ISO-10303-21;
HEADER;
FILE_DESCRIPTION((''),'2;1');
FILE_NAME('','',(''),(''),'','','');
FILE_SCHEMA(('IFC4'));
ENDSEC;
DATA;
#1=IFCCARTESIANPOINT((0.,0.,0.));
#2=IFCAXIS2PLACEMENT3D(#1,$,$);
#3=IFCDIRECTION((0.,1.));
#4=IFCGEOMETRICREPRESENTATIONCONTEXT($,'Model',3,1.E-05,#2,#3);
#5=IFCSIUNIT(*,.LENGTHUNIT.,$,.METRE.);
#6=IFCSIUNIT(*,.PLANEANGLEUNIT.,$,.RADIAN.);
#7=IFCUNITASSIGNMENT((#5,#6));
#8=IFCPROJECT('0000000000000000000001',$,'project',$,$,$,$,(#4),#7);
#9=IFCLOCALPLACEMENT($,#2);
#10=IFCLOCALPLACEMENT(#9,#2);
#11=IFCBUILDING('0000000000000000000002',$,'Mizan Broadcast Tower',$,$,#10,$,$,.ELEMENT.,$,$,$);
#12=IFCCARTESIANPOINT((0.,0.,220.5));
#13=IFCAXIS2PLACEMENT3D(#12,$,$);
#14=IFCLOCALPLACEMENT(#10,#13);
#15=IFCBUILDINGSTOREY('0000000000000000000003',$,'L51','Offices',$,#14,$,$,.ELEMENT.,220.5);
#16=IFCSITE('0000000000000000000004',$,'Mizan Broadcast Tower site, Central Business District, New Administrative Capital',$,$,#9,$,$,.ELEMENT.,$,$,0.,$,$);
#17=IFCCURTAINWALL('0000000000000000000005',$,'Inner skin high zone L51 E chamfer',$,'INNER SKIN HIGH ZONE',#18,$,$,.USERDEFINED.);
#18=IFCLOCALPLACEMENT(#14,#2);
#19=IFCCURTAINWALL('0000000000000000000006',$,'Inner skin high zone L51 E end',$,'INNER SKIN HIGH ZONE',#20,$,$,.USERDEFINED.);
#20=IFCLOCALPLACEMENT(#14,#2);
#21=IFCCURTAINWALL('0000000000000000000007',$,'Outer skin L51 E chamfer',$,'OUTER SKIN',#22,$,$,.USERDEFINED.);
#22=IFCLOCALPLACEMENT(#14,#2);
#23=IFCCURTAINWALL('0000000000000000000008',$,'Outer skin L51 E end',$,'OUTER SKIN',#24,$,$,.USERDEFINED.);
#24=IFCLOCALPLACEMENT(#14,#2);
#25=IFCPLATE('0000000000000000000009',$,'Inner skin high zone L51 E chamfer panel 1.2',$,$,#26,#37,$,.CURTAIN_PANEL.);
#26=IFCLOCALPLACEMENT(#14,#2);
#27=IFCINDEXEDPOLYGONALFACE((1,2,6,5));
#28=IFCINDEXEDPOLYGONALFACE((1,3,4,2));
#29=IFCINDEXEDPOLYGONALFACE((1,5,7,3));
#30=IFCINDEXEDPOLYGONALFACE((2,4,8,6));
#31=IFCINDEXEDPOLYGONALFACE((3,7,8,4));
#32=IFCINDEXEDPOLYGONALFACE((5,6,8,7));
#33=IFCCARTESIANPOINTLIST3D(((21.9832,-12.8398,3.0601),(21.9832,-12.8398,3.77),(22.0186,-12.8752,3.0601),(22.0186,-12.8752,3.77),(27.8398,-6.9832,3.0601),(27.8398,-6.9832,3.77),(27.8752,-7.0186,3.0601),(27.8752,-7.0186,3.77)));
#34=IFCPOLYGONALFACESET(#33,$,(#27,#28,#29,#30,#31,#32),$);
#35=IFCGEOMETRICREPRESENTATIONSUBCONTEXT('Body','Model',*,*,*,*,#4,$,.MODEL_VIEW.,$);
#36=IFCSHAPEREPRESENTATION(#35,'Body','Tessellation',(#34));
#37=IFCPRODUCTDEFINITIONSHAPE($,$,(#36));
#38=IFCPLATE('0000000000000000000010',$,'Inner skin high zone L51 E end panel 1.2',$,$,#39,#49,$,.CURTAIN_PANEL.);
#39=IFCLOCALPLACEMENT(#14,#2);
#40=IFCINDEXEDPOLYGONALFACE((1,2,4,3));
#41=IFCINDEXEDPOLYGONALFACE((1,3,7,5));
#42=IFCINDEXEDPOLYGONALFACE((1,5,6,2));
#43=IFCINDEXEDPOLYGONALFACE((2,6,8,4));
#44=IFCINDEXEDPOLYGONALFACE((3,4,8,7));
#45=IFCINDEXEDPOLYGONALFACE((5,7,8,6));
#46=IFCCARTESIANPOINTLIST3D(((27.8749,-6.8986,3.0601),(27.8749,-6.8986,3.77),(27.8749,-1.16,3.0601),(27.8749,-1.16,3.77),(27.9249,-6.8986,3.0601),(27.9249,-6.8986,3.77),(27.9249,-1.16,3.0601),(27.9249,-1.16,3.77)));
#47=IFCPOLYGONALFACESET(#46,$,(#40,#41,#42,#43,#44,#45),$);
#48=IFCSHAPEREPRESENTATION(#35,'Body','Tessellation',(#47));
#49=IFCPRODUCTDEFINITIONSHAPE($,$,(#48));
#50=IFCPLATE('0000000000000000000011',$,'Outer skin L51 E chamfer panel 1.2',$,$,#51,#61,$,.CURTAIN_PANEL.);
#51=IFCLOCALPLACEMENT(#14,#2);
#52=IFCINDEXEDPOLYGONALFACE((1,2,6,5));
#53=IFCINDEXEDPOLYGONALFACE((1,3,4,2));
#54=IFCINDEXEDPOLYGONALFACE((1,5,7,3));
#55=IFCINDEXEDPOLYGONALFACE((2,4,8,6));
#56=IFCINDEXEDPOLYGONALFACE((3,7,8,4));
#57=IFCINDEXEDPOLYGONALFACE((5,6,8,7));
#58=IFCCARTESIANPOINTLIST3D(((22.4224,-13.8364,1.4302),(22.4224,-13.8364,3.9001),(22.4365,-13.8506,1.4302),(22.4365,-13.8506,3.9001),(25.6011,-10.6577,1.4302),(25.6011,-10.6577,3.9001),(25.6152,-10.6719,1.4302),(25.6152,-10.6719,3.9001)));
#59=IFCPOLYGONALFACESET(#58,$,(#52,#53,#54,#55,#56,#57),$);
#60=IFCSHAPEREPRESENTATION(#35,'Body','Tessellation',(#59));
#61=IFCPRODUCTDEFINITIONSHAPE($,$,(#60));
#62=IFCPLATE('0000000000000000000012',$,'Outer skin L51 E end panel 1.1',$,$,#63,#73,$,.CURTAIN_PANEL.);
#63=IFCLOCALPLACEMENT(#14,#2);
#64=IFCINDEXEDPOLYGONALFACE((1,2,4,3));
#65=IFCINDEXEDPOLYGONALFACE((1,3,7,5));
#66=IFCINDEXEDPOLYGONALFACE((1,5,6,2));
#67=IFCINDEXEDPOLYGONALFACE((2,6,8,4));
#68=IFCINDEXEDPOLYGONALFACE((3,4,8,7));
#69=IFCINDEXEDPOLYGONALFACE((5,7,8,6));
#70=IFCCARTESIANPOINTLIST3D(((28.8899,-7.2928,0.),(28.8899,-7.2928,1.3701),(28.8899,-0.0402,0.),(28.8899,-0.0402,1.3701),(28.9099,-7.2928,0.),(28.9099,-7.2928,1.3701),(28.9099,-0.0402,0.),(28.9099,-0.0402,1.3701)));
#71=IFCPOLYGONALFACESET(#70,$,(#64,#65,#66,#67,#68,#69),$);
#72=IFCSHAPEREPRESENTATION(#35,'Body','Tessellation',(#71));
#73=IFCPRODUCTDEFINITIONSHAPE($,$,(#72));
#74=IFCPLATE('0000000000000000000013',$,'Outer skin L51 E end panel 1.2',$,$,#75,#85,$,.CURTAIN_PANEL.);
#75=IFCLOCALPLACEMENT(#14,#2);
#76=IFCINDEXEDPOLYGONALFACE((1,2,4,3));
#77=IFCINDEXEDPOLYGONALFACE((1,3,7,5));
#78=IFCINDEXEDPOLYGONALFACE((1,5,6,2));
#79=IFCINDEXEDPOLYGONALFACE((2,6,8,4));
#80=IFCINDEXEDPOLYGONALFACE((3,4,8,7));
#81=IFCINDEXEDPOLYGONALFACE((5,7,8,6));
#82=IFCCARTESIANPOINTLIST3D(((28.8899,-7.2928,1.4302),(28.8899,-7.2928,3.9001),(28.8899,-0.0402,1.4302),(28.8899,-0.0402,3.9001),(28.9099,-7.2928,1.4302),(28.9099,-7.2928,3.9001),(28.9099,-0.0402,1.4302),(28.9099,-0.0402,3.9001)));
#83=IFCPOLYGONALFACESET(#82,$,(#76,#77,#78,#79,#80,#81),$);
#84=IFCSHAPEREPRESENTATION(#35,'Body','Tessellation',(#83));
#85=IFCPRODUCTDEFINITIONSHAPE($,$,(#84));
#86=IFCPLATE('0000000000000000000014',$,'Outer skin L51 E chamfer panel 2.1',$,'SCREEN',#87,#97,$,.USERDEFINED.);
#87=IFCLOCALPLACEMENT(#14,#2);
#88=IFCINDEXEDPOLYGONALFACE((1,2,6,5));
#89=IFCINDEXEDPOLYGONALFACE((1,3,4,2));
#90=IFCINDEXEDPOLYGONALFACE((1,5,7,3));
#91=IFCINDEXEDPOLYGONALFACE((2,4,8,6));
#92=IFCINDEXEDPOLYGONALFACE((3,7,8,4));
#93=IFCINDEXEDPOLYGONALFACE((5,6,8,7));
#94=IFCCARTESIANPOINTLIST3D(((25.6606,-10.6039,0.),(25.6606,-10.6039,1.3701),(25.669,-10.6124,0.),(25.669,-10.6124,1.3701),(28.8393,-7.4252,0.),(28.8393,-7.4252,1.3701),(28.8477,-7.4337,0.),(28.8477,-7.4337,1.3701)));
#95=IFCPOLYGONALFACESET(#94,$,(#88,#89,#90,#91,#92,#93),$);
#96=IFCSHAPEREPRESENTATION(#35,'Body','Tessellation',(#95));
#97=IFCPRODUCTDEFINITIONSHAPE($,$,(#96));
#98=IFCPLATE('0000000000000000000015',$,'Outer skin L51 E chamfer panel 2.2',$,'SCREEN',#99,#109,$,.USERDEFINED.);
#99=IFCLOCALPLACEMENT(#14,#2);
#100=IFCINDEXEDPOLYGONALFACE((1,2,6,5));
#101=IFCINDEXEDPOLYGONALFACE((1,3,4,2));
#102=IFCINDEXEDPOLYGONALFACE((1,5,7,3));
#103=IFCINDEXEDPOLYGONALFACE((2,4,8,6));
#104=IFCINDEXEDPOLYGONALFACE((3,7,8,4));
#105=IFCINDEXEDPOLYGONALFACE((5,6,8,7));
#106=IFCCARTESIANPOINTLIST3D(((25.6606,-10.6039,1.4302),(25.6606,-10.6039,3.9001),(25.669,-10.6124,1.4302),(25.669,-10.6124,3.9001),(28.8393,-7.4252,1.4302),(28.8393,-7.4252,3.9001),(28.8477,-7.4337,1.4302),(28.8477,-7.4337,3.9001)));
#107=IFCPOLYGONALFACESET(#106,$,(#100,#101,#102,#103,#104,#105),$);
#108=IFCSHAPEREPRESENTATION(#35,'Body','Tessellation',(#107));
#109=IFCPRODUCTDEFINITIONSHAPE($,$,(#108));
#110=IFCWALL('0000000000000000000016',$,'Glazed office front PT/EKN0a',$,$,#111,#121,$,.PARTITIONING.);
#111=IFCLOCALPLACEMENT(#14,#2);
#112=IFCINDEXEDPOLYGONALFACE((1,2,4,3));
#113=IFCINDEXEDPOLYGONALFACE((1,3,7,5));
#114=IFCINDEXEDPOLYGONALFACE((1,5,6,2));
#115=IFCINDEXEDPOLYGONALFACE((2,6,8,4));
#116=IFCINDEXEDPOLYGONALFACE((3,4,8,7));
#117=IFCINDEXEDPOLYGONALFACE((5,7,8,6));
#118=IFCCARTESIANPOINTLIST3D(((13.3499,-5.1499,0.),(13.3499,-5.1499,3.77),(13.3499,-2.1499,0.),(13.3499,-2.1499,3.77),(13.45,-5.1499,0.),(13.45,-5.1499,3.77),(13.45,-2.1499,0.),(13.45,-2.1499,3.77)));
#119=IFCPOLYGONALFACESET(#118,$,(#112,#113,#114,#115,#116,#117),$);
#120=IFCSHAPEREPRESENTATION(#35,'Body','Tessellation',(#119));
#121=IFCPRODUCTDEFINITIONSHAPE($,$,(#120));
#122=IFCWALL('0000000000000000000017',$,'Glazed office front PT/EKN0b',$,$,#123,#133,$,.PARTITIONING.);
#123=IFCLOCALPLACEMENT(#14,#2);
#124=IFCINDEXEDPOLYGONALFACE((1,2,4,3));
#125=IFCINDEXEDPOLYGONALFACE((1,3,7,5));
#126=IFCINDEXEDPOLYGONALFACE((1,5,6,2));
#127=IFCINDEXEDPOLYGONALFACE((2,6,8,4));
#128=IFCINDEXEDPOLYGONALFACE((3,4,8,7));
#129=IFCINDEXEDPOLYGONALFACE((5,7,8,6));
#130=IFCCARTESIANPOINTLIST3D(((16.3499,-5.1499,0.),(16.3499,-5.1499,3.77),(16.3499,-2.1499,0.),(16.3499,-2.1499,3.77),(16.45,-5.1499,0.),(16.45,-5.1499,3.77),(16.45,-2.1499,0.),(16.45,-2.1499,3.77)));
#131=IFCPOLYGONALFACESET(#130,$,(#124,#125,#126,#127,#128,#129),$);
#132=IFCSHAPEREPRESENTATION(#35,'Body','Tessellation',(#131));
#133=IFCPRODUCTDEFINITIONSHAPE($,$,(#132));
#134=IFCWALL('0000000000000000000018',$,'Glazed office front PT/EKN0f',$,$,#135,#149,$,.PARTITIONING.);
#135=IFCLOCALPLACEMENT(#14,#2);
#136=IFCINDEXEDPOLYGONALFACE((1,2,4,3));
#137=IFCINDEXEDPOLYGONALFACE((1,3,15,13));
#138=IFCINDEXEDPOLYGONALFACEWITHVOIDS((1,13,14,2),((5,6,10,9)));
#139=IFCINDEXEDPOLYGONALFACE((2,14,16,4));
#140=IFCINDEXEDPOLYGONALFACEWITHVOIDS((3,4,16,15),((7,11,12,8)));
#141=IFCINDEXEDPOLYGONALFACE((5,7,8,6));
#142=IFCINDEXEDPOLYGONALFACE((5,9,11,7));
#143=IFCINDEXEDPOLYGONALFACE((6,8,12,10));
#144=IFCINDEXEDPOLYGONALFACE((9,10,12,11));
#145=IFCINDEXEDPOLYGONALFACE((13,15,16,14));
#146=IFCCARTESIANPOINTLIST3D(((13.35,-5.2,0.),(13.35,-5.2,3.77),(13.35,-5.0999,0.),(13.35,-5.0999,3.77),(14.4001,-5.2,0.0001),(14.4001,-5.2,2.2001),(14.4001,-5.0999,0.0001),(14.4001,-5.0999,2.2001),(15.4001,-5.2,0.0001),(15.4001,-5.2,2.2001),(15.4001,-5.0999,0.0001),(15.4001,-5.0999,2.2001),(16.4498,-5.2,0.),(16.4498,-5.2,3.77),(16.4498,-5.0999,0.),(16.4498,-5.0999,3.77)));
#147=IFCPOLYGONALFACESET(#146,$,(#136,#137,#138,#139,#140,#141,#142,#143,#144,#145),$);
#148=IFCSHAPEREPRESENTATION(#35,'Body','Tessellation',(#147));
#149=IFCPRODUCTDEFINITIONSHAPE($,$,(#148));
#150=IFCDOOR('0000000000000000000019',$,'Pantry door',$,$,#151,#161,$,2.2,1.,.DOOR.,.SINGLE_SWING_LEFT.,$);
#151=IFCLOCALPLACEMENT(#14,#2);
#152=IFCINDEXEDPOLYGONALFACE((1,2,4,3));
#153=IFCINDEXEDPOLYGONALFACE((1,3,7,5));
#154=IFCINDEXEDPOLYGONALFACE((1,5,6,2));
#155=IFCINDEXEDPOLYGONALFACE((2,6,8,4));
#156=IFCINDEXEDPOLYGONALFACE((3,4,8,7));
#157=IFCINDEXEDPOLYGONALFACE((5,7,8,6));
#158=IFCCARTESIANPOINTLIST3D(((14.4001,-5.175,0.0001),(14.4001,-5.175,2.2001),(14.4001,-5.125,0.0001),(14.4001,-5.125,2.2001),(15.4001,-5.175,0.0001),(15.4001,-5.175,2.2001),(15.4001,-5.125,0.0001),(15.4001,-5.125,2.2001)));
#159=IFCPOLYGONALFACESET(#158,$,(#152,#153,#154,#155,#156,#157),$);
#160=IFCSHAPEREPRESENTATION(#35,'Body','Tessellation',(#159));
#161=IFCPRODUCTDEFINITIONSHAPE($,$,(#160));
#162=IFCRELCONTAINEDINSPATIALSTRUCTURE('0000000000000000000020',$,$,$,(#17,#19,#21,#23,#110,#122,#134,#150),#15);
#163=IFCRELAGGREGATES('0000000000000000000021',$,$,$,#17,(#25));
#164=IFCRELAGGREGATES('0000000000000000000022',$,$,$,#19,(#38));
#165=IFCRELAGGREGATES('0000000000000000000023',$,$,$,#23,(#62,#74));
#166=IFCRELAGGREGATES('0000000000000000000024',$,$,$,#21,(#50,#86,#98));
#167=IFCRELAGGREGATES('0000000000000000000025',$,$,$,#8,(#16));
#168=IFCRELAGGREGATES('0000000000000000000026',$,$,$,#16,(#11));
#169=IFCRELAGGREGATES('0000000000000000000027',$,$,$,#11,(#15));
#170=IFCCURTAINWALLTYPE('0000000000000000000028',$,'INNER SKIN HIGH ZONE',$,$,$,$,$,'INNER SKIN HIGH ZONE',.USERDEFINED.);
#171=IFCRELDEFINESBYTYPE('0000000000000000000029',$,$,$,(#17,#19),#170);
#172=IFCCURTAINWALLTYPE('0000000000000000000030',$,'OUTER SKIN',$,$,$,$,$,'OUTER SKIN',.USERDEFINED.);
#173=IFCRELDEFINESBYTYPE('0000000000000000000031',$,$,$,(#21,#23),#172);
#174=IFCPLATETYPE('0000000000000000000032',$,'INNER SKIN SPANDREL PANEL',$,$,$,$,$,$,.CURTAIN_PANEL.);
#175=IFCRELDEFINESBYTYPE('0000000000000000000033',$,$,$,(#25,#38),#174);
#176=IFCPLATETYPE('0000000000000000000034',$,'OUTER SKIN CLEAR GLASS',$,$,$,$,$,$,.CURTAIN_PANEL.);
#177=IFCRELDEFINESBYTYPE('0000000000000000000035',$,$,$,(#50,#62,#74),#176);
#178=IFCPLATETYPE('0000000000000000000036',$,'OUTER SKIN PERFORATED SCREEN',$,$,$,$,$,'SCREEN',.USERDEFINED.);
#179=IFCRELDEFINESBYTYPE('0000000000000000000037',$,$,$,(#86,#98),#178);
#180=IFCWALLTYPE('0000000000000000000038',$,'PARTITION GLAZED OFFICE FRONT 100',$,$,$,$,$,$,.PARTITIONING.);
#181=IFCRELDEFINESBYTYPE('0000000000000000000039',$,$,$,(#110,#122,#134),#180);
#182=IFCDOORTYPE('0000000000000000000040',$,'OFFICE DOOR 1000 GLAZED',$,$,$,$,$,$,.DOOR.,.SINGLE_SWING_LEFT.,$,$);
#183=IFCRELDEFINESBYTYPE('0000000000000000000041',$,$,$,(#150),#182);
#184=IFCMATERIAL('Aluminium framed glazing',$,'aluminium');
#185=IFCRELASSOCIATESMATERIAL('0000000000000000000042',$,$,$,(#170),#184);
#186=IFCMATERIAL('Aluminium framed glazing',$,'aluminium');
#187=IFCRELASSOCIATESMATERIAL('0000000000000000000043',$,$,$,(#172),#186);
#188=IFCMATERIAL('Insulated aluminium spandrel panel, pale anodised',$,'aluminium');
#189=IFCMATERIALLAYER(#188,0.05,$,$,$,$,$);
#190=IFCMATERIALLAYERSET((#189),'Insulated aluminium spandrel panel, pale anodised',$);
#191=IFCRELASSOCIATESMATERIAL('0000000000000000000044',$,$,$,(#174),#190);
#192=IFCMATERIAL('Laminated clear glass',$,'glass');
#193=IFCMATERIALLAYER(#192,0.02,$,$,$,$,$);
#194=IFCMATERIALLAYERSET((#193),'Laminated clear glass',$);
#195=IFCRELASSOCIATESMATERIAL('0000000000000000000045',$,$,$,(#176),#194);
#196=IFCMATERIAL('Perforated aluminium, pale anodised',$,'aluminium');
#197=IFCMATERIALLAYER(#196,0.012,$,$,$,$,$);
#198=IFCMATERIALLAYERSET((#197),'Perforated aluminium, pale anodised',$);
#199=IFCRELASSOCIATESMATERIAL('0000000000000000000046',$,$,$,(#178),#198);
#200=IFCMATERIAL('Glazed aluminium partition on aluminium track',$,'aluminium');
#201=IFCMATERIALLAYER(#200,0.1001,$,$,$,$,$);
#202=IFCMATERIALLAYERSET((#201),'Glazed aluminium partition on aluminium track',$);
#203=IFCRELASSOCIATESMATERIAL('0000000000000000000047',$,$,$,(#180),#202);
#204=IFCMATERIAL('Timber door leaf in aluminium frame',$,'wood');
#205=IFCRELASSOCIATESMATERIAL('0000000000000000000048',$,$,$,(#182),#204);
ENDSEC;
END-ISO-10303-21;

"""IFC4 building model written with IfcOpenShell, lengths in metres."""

from ifc_helpers import new_model, si_unit, direction, frame, frame_2d, origin, origin_2d, place, context, subcontext, project, spatial, rectangle, extrude, material, layer, layer_set, type_object, element, fill, aggregate, save


model = new_model("IFC4")

# Units and contexts
model_context = context("Model", 3, precision=1e-05, world=origin(), true_north=direction((0.0, 1.0)))
body_context = subcontext(model_context, "Body", "Model", "MODEL_VIEW")
ifc_project = project(units=[si_unit("LENGTHUNIT", "METRE"), si_unit("PLANEANGLEUNIT", "RADIAN")], contexts=[model_context])

# Site, building, storey
site_placement = place(None, origin())
site = spatial("IfcSite", under=ifc_project, at=site_placement, Name="Mizan Broadcast Tower site, Central Business District, New Administrative Capital", CompositionType="ELEMENT", RefElevation=0.0)
building_placement = place(site_placement, origin())
building = spatial("IfcBuilding", under=site, at=building_placement, Name="Mizan Broadcast Tower", CompositionType="ELEMENT")
storey_placement = place(building_placement, frame((0.0, 0.0, 220.5)))
storey = spatial("IfcBuildingStorey", under=building, at=storey_placement, Name="L51", Description="Offices", CompositionType="ELEMENT", Elevation=220.5)

# Curtain wall
ifc_material_1 = material(Name="Aluminium framed glazing", Category="aluminium")
curtain_wall_type_1 = type_object("IfcCurtainWallType", Name="INNER SKIN HIGH ZONE", ElementType="INNER SKIN HIGH ZONE", PredefinedType="USERDEFINED", material=ifc_material_1)
curtain_wall_1_placement = place(storey_placement, origin())
curtain_wall_1 = element("IfcCurtainWall", 1, at=curtain_wall_1_placement, inside=storey, type_object=curtain_wall_type_1, Name="Inner skin high zone L51 E chamfer", ObjectType="INNER SKIN HIGH ZONE", PredefinedType="USERDEFINED")

# Curtain walls
curtain_wall_2_placement = place(storey_placement, origin())
curtain_wall_2 = element("IfcCurtainWall", 2, at=curtain_wall_2_placement, inside=storey, type_object=curtain_wall_type_1, Name="Inner skin high zone L51 E end", ObjectType="INNER SKIN HIGH ZONE", PredefinedType="USERDEFINED")
ifc_material_2 = material(Name="Aluminium framed glazing", Category="aluminium")
curtain_wall_type_2 = type_object("IfcCurtainWallType", Name="OUTER SKIN", ElementType="OUTER SKIN", PredefinedType="USERDEFINED", material=ifc_material_2)
curtain_wall_3_placement = place(storey_placement, origin())
curtain_wall_3 = element("IfcCurtainWall", 3, at=curtain_wall_3_placement, inside=storey, type_object=curtain_wall_type_2, Name="Outer skin L51 E chamfer", ObjectType="OUTER SKIN", PredefinedType="USERDEFINED")

# Curtain wall
curtain_wall_4_placement = place(storey_placement, origin())
curtain_wall_4 = element("IfcCurtainWall", 4, at=curtain_wall_4_placement, inside=storey, type_object=curtain_wall_type_2, Name="Outer skin L51 E end", ObjectType="OUTER SKIN", PredefinedType="USERDEFINED")

# Plates
ifc_material_3 = material(Name="Insulated aluminium spandrel panel, pale anodised", Category="aluminium")
ifc_layer_1 = layer(ifc_material_3, 0.05)
ifc_layer_set_1 = layer_set([ifc_layer_1], Name="Insulated aluminium spandrel panel, pale anodised")
plate_type_1 = type_object("IfcPlateType", Name="INNER SKIN SPANDREL PANEL", PredefinedType="CURTAIN_PANEL", material=ifc_layer_set_1)
plate_1_placement = place(storey_placement, frame((24.9292, -9.9292, 3.0601), z_axis=(0.0, 0.0, 1.0), x_axis=(0.707107, 0.707107, 0.0)))
plate_1 = element("IfcPlate", 5, at=plate_1_placement, type_object=plate_type_1, Name="Inner skin high zone L51 E chamfer panel 1.2", PredefinedType="CURTAIN_PANEL", context=body_context, shape_type="SweptSolid", body=[
    extrude(rectangle(XDim=8.2825, YDim=0.05, at=origin_2d()), origin(), (0.0, 0.0, 1.0), 0.71),
])
aggregate(curtain_wall_1, [plate_1])
plate_2_placement = place(storey_placement, frame((27.8999, -4.0293, 3.0601), z_axis=(0.0, 0.0, 1.0), x_axis=(0.0, 1.0, 0.0)))
plate_2 = element("IfcPlate", 6, at=plate_2_placement, type_object=plate_type_1, Name="Inner skin high zone L51 E end panel 1.2", PredefinedType="CURTAIN_PANEL", context=body_context, shape_type="SweptSolid", body=[
    extrude(rectangle(XDim=5.7385, YDim=0.05, at=origin_2d()), origin(), (0.0, 0.0, 1.0), 0.71),
])
aggregate(curtain_wall_2, [plate_2])
ifc_material_4 = material(Name="Laminated clear glass", Category="glass")
ifc_layer_2 = layer(ifc_material_4, 0.02)
ifc_layer_set_2 = layer_set([ifc_layer_2], Name="Laminated clear glass")
plate_type_2 = type_object("IfcPlateType", Name="OUTER SKIN CLEAR GLASS", PredefinedType="CURTAIN_PANEL", material=ifc_layer_set_2)
plate_3_placement = place(storey_placement, frame((24.0188, -12.2542, 1.4302), z_axis=(0.0, 0.0, 1.0), x_axis=(0.707107, 0.707107, 0.0)))
plate_3 = element("IfcPlate", 7, at=plate_3_placement, type_object=plate_type_2, Name="Outer skin L51 E chamfer panel 1.2", PredefinedType="CURTAIN_PANEL", context=body_context, shape_type="SweptSolid", body=[
    extrude(rectangle(XDim=4.4954, YDim=0.02, at=origin_2d()), origin(), (0.0, 0.0, 1.0), 2.47),
])
plate_4_placement = place(storey_placement, frame((28.8999, -3.6665, 0.0), z_axis=(0.0, 0.0, 1.0), x_axis=(0.0, 1.0, 0.0)))
plate_4 = element("IfcPlate", 8, at=plate_4_placement, type_object=plate_type_2, Name="Outer skin L51 E end panel 1.1", PredefinedType="CURTAIN_PANEL", context=body_context, shape_type="SweptSolid", body=[
    extrude(rectangle(XDim=7.2527, YDim=0.02, at=origin_2d()), origin(), (0.0, 0.0, 1.0), 1.3701),
])
plate_5_placement = place(storey_placement, frame((28.8999, -3.6665, 1.4302), z_axis=(0.0, 0.0, 1.0), x_axis=(0.0, 1.0, 0.0)))
plate_5 = element("IfcPlate", 9, at=plate_5_placement, type_object=plate_type_2, Name="Outer skin L51 E end panel 1.2", PredefinedType="CURTAIN_PANEL", context=body_context, shape_type="SweptSolid", body=[
    extrude(rectangle(XDim=7.2527, YDim=0.02, at=origin_2d()), origin(), (0.0, 0.0, 1.0), 2.47),
])
aggregate(curtain_wall_4, [plate_4, plate_5])
ifc_material_5 = material(Name="Perforated aluminium, pale anodised", Category="aluminium")
ifc_layer_3 = layer(ifc_material_5, 0.012)
ifc_layer_set_3 = layer_set([ifc_layer_3], Name="Perforated aluminium, pale anodised")
plate_type_3 = type_object("IfcPlateType", Name="OUTER SKIN PERFORATED SCREEN", ElementType="SCREEN", PredefinedType="USERDEFINED", material=ifc_layer_set_3)
plate_6_placement = place(storey_placement, frame((27.2542, -9.0188, 0.0), z_axis=(0.0, 0.0, 1.0), x_axis=(0.707107, 0.707107, 0.0)))
plate_6 = element("IfcPlate", 10, at=plate_6_placement, type_object=plate_type_3, Name="Outer skin L51 E chamfer panel 2.1", ObjectType="SCREEN", PredefinedType="USERDEFINED", context=body_context, shape_type="SweptSolid", body=[
    extrude(rectangle(XDim=4.4954, YDim=0.012, at=origin_2d()), origin(), (0.0, 0.0, 1.0), 1.3701),
])
plate_7_placement = place(storey_placement, frame((27.2542, -9.0188, 1.4302), z_axis=(0.0, 0.0, 1.0), x_axis=(0.707107, 0.707107, 0.0)))
plate_7 = element("IfcPlate", 11, at=plate_7_placement, type_object=plate_type_3, Name="Outer skin L51 E chamfer panel 2.2", ObjectType="SCREEN", PredefinedType="USERDEFINED", context=body_context, shape_type="SweptSolid", body=[
    extrude(rectangle(XDim=4.4954, YDim=0.012, at=origin_2d()), origin(), (0.0, 0.0, 1.0), 2.47),
])
aggregate(curtain_wall_3, [plate_3, plate_6, plate_7])

# Walls
ifc_material_6 = material(Name="Glazed aluminium partition on aluminium track", Category="aluminium")
ifc_layer_4 = layer(ifc_material_6, 0.1001)
ifc_layer_set_4 = layer_set([ifc_layer_4], Name="Glazed aluminium partition on aluminium track")
wall_type = type_object("IfcWallType", Name="PARTITION GLAZED OFFICE FRONT 100", PredefinedType="PARTITIONING", material=ifc_layer_set_4)
for number, where, z_axis, x_axis, name in (
    (12, (13.3999, -2.1499, 0.0), (0.0, 0.0, 1.0), (0.0, -1.0, 0.0), "Glazed office front PT/EKN0a"),
    (13, (16.3999, -2.1499, 0.0), (0.0, 0.0, 1.0), (0.0, -1.0, 0.0), "Glazed office front PT/EKN0b"),
):
    element("IfcWall", number, at=place(storey_placement, frame(where, z_axis=z_axis, x_axis=x_axis)), inside=storey, type_object=wall_type, Name=name, PredefinedType="PARTITIONING", context=body_context, shape_type="SweptSolid", body=[
        extrude(rectangle(XDim=3.0, YDim=0.1001, at=frame_2d((1.5, 0.0))), origin(), (0.0, 0.0, 1.0), 3.77),
    ])

# Wall, opening, door
wall_placement = place(storey_placement, frame((13.3501, -5.1499, 0.0), z_axis=(0.0, 0.0, 1.0), x_axis=(1.0, 0.0, 0.0)))
wall = element("IfcWall", 14, at=wall_placement, inside=storey, type_object=wall_type, Name="Glazed office front PT/EKN0f", PredefinedType="PARTITIONING", context=body_context, shape_type="SweptSolid", body=[
    extrude(rectangle(XDim=3.0999, YDim=0.1001, at=frame_2d((1.5498, 0.0))), origin(), (0.0, 0.0, 1.0), 3.77),
])
opening_placement = place(wall_placement, frame((1.05, 0.0, 0.0)))
opening = element("IfcOpeningElement", 15, at=opening_placement, cuts=wall, PredefinedType="OPENING", context=body_context, shape_type="SweptSolid", body=[
    extrude(rectangle(XDim=1.0, YDim=2.2, at=frame_2d((0.5, 1.1001))), frame((0.0, 0.0601, 0.0), z_axis=(0.0, -1.0, 0.0), x_axis=(1.0, 0.0, 0.0)), (0.0, 0.0, 1.0), 0.1201),
])
ifc_material_7 = material(Name="Timber door leaf in aluminium frame", Category="wood")
door_type = type_object("IfcDoorType", Name="OFFICE DOOR 1000 GLAZED", OperationType="SINGLE_SWING_LEFT", PredefinedType="DOOR", material=ifc_material_7)
door_placement = place(opening_placement, origin())
door = element("IfcDoor", 16, at=door_placement, inside=storey, type_object=door_type, Name="Pantry door", OperationType="SINGLE_SWING_LEFT", OverallHeight=2.2, OverallWidth=1.0, PredefinedType="DOOR", context=body_context, shape_type="SweptSolid", body=[
    extrude(rectangle(XDim=1.0, YDim=2.2, at=frame_2d((0.5, 1.1001))), frame((0.0, 0.0249, 0.0), z_axis=(0.0, -1.0, 0.0), x_axis=(1.0, 0.0, 0.0)), (0.0, 0.0, 1.0), 0.05),
])
fill(opening, door)

save(model, "model.ifc")
